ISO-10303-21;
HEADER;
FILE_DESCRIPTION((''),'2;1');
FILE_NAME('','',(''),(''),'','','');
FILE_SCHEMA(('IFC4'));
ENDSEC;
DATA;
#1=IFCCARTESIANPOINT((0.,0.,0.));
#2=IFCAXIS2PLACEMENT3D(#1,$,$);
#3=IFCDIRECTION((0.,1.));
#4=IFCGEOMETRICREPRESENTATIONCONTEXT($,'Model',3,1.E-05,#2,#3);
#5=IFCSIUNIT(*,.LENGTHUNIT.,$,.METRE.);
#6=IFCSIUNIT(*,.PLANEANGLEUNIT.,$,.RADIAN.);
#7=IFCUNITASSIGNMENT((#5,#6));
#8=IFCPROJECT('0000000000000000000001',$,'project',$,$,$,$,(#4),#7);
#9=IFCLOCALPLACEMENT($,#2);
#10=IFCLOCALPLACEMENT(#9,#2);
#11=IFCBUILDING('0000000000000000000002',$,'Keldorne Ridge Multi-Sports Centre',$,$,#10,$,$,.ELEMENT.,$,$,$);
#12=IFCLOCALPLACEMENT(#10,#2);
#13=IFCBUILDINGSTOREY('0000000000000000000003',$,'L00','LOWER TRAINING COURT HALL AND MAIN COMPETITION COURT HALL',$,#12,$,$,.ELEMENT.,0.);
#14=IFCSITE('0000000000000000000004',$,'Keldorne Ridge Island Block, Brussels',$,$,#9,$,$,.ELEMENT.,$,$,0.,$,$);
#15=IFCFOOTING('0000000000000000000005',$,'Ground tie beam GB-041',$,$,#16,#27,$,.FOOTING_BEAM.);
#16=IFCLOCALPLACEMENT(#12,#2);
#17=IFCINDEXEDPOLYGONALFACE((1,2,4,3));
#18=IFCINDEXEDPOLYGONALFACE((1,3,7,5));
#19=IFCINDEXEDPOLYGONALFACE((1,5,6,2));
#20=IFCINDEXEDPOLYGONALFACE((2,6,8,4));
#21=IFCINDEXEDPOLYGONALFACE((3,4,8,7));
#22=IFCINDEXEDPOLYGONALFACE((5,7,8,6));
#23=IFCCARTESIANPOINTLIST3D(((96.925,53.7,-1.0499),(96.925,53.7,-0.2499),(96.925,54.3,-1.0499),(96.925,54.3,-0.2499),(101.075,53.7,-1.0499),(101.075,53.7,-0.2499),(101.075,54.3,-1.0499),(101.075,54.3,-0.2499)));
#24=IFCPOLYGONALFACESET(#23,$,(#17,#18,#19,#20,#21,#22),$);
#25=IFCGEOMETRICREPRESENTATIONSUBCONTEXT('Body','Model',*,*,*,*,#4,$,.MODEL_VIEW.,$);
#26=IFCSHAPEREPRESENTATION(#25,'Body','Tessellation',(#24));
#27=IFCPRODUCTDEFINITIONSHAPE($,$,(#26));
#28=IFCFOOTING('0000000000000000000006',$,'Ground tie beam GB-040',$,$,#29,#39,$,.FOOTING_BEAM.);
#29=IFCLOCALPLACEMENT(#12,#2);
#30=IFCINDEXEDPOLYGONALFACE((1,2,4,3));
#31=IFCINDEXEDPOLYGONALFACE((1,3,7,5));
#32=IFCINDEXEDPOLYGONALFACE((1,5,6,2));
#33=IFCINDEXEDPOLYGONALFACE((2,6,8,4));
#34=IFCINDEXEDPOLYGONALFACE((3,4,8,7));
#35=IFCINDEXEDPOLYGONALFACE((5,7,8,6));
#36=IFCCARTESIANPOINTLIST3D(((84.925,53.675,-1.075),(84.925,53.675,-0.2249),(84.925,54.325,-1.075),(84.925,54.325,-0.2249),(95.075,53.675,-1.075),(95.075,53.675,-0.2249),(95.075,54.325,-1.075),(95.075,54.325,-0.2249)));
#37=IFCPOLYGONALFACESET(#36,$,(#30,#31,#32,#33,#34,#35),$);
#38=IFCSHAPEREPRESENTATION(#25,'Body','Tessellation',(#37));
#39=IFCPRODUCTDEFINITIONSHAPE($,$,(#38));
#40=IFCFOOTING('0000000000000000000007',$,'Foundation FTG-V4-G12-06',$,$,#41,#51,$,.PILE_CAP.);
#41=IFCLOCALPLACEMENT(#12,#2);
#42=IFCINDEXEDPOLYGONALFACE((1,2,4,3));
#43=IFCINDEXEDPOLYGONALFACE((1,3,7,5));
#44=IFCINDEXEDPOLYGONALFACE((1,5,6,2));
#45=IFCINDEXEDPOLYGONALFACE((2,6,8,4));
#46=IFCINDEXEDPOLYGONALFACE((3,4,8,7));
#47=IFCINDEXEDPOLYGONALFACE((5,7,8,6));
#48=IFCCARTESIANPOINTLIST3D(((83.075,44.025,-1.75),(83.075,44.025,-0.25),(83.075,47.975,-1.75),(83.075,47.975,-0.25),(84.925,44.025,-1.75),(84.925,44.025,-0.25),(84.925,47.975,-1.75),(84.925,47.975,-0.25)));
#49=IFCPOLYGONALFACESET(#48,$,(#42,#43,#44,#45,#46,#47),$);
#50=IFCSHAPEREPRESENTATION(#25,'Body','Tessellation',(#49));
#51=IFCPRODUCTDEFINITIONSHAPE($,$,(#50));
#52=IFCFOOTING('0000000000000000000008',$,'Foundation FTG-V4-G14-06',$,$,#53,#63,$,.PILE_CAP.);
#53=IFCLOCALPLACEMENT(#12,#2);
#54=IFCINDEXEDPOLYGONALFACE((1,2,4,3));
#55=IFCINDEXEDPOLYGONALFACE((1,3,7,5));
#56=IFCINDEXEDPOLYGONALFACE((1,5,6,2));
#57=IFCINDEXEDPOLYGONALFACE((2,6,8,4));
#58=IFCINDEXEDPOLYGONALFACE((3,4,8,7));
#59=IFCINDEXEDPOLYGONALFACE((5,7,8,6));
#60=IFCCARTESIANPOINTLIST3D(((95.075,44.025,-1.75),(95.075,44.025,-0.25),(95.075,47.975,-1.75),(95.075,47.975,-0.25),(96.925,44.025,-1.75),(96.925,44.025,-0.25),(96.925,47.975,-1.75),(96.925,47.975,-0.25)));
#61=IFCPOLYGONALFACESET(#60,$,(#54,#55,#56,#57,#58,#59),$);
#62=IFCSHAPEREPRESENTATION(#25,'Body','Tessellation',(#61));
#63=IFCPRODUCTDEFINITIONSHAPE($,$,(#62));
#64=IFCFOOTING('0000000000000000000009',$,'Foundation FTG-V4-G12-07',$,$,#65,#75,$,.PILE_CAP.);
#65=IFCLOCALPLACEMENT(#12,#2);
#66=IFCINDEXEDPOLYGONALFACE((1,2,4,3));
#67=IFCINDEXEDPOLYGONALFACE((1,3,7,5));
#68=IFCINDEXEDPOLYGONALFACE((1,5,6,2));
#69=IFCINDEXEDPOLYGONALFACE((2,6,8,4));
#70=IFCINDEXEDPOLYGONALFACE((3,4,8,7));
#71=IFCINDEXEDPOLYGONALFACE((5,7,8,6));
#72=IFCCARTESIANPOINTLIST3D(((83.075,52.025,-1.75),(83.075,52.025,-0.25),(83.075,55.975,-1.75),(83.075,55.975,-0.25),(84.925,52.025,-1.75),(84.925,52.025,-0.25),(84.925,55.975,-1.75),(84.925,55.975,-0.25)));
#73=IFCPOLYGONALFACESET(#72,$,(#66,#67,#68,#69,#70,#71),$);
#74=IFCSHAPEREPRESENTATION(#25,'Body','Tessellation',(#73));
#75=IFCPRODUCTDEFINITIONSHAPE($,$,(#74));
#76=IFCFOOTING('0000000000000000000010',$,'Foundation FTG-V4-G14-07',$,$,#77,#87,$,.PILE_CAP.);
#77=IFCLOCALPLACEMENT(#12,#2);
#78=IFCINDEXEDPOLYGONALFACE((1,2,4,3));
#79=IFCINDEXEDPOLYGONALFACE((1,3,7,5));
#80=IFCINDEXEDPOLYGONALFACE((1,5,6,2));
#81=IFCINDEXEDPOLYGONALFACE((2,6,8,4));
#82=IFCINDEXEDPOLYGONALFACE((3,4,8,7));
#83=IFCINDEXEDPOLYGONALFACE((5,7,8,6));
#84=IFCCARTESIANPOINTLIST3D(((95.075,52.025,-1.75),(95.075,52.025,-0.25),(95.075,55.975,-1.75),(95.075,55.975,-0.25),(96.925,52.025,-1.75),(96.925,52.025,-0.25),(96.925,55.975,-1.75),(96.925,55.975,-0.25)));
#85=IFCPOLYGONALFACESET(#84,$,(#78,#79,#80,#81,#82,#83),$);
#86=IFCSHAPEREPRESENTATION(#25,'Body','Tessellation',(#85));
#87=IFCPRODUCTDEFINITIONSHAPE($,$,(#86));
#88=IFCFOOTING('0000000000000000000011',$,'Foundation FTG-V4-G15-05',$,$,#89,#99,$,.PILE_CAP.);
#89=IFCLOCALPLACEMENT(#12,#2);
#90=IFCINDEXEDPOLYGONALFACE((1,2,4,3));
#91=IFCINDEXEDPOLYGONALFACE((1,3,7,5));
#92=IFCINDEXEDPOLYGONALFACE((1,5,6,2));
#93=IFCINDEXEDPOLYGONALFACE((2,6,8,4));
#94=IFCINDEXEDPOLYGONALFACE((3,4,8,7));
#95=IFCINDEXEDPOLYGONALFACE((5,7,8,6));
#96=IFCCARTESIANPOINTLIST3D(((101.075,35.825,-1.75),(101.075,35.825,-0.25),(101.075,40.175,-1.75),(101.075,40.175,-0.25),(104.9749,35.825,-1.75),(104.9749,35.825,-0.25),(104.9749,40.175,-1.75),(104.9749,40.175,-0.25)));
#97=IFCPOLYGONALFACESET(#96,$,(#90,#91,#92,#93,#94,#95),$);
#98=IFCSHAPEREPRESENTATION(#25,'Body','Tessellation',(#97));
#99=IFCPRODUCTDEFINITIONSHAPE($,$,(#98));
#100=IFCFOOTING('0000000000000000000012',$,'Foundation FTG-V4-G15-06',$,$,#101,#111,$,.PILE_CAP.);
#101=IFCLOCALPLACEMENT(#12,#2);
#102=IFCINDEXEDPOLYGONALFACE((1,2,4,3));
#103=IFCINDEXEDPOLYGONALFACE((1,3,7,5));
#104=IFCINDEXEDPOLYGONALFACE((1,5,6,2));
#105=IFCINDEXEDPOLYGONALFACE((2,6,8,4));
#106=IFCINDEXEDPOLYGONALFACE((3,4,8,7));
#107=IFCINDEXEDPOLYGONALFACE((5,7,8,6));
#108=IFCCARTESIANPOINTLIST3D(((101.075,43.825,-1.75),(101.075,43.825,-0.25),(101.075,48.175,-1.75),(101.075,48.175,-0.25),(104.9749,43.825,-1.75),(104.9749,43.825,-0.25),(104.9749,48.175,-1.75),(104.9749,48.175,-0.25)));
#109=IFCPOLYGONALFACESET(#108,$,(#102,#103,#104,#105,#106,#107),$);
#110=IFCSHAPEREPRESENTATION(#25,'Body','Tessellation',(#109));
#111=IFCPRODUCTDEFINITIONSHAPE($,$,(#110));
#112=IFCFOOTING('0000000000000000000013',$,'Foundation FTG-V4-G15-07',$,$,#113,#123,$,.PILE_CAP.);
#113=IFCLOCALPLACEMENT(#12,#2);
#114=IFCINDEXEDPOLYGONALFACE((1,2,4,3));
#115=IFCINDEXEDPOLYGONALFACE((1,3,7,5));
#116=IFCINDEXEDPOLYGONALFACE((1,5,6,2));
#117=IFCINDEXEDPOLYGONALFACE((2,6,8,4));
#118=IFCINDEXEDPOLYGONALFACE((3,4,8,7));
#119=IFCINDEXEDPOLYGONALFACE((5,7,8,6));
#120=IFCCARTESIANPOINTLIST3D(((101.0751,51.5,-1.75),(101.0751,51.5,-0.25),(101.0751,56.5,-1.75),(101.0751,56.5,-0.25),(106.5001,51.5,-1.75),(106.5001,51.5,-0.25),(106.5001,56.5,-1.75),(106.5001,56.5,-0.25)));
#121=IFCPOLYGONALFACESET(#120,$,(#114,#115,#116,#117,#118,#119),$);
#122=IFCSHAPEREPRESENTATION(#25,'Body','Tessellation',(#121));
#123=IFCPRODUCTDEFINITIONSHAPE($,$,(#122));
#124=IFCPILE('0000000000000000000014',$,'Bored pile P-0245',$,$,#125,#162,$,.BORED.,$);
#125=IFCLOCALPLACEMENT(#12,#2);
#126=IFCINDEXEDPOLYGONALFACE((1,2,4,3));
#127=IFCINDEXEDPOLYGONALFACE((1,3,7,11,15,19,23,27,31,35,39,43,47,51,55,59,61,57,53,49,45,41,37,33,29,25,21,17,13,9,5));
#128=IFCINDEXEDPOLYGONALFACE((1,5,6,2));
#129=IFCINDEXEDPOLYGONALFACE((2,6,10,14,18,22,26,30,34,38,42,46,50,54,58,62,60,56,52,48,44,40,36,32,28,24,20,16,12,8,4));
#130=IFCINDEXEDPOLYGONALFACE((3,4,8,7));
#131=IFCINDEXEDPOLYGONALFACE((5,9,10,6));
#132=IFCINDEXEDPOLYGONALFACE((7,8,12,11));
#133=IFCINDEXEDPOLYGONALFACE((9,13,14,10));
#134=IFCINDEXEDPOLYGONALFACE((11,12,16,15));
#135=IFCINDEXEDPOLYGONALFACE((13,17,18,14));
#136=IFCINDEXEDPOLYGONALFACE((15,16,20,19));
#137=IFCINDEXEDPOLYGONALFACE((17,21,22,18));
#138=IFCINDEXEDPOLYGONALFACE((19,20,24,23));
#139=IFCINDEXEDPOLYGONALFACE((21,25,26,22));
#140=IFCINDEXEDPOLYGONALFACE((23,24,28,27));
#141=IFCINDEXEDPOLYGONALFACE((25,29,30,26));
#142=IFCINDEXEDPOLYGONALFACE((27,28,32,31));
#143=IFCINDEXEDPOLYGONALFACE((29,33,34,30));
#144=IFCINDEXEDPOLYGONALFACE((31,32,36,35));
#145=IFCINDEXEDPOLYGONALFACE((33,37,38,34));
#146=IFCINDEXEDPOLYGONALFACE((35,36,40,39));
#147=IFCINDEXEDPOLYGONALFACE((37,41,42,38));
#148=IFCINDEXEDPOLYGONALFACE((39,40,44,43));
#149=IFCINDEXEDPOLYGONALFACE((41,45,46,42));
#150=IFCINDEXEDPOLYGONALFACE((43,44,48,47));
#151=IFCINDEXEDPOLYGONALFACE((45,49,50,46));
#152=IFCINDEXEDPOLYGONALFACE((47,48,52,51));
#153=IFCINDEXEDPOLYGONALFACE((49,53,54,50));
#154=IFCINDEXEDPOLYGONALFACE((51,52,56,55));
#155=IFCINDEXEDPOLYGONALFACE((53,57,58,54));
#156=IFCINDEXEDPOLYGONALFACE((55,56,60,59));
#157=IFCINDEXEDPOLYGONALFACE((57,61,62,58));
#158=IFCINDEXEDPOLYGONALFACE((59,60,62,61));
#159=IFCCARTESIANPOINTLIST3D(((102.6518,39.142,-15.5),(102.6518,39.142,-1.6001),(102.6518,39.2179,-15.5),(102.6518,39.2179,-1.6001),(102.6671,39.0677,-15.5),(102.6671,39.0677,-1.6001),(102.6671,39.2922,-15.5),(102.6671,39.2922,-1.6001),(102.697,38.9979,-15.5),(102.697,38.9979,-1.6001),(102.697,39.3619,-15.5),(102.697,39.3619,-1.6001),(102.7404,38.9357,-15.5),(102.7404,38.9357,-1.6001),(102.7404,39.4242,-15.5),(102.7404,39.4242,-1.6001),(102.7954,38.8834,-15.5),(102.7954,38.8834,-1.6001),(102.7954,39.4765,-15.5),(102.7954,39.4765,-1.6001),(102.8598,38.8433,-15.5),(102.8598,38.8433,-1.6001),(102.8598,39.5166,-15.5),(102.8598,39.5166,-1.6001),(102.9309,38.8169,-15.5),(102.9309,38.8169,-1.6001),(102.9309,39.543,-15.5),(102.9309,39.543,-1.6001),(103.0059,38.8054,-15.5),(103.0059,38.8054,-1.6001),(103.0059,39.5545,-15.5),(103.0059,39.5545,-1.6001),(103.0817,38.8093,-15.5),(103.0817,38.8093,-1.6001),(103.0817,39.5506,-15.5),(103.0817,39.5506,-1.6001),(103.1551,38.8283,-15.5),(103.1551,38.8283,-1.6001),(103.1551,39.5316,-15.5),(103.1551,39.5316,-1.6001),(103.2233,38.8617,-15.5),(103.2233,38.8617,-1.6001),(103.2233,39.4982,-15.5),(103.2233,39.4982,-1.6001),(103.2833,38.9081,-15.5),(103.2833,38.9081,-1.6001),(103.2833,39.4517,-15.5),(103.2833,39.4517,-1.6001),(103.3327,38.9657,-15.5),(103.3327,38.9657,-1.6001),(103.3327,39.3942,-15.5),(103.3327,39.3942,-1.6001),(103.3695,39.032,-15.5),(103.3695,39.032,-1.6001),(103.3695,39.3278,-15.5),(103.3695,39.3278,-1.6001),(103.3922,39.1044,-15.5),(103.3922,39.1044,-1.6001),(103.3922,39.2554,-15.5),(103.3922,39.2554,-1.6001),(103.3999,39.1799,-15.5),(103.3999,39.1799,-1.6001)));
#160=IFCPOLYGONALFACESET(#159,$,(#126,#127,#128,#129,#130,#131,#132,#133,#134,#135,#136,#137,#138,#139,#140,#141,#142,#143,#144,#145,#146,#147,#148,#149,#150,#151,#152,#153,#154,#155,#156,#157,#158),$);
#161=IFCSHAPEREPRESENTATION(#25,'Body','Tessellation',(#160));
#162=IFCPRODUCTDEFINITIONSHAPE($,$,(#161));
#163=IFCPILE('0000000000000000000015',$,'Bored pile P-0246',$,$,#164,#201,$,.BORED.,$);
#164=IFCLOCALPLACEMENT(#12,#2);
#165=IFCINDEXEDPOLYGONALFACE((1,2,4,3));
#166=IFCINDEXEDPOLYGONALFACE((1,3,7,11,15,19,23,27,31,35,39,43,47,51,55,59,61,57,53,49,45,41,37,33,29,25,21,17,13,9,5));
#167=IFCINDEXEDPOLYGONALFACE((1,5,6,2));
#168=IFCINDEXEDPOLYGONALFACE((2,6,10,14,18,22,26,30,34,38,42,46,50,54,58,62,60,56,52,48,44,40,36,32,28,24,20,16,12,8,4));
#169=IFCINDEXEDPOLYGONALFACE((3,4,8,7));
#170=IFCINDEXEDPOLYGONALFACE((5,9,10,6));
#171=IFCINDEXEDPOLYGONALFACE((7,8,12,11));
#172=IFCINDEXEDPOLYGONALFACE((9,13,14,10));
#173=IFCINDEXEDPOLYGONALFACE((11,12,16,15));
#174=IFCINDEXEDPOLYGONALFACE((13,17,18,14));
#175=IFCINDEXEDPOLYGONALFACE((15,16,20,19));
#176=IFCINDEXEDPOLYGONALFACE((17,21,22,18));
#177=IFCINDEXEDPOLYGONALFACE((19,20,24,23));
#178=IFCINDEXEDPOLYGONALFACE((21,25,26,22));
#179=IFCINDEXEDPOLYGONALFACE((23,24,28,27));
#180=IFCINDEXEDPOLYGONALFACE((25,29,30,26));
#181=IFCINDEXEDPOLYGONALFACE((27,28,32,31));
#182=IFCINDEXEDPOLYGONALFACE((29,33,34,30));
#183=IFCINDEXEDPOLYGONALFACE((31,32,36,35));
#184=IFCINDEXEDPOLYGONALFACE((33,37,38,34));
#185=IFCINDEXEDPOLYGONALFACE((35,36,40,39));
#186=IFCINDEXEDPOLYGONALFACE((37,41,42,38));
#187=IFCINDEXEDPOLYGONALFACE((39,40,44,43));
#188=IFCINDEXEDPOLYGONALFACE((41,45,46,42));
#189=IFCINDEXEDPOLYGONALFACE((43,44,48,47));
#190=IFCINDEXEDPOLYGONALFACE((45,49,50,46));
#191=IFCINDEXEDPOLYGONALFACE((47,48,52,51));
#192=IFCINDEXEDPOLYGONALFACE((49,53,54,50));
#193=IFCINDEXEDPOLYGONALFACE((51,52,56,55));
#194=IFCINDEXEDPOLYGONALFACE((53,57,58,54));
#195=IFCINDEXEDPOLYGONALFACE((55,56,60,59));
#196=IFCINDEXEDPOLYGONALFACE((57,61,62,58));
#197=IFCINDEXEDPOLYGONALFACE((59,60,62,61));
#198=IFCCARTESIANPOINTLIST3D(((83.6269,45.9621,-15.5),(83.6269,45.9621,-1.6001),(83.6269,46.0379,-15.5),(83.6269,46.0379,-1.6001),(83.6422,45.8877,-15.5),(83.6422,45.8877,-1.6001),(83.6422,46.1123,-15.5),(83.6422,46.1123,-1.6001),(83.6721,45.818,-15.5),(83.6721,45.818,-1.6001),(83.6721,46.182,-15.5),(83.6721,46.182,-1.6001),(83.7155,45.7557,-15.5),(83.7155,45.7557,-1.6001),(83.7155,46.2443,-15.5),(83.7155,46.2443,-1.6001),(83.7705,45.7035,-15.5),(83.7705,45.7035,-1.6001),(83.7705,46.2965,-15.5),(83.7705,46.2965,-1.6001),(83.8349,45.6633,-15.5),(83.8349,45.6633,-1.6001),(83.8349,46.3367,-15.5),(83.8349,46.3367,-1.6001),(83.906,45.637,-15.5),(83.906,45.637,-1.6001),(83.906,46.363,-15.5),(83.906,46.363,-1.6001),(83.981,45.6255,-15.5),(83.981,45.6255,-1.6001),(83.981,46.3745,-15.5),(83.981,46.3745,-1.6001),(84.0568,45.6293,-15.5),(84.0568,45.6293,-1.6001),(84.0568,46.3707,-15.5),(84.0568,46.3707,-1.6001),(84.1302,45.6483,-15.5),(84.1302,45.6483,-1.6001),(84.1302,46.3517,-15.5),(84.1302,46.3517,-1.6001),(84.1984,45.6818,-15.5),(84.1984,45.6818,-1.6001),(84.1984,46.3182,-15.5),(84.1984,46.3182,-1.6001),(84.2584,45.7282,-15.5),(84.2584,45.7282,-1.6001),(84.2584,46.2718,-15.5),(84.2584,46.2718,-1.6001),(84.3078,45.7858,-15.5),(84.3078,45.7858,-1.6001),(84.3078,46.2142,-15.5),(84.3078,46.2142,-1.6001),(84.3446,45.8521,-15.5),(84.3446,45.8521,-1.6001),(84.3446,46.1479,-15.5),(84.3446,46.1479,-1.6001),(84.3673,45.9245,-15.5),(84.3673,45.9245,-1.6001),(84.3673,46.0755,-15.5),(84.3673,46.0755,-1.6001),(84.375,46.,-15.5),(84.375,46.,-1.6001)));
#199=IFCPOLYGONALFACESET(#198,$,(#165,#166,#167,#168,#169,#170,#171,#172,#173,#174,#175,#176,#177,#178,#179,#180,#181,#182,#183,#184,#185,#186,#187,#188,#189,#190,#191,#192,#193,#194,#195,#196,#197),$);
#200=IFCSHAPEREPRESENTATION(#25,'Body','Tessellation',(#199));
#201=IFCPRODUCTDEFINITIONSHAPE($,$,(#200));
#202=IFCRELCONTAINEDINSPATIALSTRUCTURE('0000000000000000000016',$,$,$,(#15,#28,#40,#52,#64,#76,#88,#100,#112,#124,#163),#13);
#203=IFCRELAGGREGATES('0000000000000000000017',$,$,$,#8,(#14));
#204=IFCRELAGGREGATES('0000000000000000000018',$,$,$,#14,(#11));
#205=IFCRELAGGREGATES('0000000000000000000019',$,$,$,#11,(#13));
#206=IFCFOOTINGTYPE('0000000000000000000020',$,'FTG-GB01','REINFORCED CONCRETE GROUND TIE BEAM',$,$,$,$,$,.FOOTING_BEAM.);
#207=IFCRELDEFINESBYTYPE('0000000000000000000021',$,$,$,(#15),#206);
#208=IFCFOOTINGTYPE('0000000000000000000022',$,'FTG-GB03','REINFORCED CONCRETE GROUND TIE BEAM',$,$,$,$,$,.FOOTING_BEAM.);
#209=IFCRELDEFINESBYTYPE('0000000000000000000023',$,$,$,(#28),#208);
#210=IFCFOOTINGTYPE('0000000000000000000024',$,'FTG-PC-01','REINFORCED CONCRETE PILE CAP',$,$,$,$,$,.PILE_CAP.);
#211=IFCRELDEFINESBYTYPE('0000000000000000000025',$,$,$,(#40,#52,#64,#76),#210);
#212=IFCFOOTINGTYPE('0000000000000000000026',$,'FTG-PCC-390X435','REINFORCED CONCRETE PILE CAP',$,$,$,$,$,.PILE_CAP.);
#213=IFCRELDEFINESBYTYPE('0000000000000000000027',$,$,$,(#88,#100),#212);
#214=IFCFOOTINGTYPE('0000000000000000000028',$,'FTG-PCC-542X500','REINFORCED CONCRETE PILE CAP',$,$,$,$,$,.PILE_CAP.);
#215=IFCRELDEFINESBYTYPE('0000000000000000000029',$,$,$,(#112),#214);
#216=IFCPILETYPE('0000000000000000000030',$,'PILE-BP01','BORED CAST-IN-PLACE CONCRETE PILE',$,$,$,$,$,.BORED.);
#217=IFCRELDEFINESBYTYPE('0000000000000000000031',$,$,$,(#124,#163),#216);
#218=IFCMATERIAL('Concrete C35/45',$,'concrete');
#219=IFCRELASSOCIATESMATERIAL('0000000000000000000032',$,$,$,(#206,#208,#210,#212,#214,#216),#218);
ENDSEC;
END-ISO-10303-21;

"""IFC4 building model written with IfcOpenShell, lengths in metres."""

from ifc_helpers import new_model, si_unit, direction, frame, origin, origin_2d, place, context, subcontext, project, spatial, rectangle, circle, extrude, material, material_profile, profile_set, type_object, element, save


model = new_model("IFC4")

# Units and contexts
model_context = context("Model", 3, precision=1e-05, world=origin(), true_north=direction((0.0, 1.0)))
body_context = subcontext(model_context, "Body", "Model", "MODEL_VIEW")
ifc_project = project(units=[si_unit("LENGTHUNIT", "METRE"), si_unit("PLANEANGLEUNIT", "RADIAN")], contexts=[model_context])

# Site, building, storey
site_placement = place(None, origin())
site = spatial("IfcSite", under=ifc_project, at=site_placement, Name="Keldorne Ridge Island Block, Brussels", CompositionType="ELEMENT", RefElevation=0.0)
building_placement = place(site_placement, origin())
building = spatial("IfcBuilding", under=site, at=building_placement, Name="Keldorne Ridge Multi-Sports Centre", CompositionType="ELEMENT")
storey_placement = place(building_placement, origin())
storey = spatial("IfcBuildingStorey", under=building, at=storey_placement, Name="L00", Description="LOWER TRAINING COURT HALL AND MAIN COMPETITION COURT HALL", CompositionType="ELEMENT", Elevation=0.0)

# Footings
ifc_material_1 = material(Name="Concrete C35/45", Category="concrete")
ifc_material_profile_1 = material_profile(ifc_material_1, rectangle(XDim=0.6001, YDim=0.8, at=origin_2d()), Name="GB 600x800")
ifc_profile_set_1 = profile_set([ifc_material_profile_1], Name="Concrete C35/45")
footing_type_1 = type_object("IfcFootingType", Name="FTG-GB01", Description="REINFORCED CONCRETE GROUND TIE BEAM", PredefinedType="FOOTING_BEAM", material=ifc_profile_set_1)
footing_1_placement = place(storey_placement, frame((96.925, 54.0, -0.6499), z_axis=(1.0, 0.0, 0.0), x_axis=(0.0, 1.0, 0.0)))
element("IfcFooting", 1, at=footing_1_placement, inside=storey, type_object=footing_type_1, Name="Ground tie beam GB-041", PredefinedType="FOOTING_BEAM", context=body_context, shape_type="SweptSolid", body=[
    extrude(rectangle(XDim=0.6001, YDim=0.8, at=origin_2d()), origin(), (0.0, 0.0, 1.0), 4.1499),
])
ifc_material_profile_2 = material_profile(ifc_material_1, rectangle(XDim=0.6499, YDim=0.8501, at=origin_2d()), Name="GB 650x850")
ifc_profile_set_2 = profile_set([ifc_material_profile_2], Name="Concrete C35/45")
footing_type_2 = type_object("IfcFootingType", Name="FTG-GB03", Description="REINFORCED CONCRETE GROUND TIE BEAM", PredefinedType="FOOTING_BEAM", material=ifc_profile_set_2)
footing_2_placement = place(storey_placement, frame((84.925, 54.0, -0.6499), z_axis=(1.0, 0.0, 0.0), x_axis=(0.0, 1.0, 0.0)))
element("IfcFooting", 2, at=footing_2_placement, inside=storey, type_object=footing_type_2, Name="Ground tie beam GB-040", PredefinedType="FOOTING_BEAM", context=body_context, shape_type="SweptSolid", body=[
    extrude(rectangle(XDim=0.6499, YDim=0.8501, at=origin_2d()), origin(), (0.0, 0.0, 1.0), 10.1499),
])
footing_type_3 = type_object("IfcFootingType", Name="FTG-PC-01", Description="REINFORCED CONCRETE PILE CAP", PredefinedType="PILE_CAP", material=ifc_material_1)
for number, where, z_axis, x_axis, name in (
    (3, (84.0, 46.0, -1.75), (0.0, 0.0, 1.0), (1.0, 0.0, 0.0), "Foundation FTG-V4-G12-06"),
    (4, (96.0, 46.0, -1.75), (0.0, 0.0, 1.0), (1.0, 0.0, 0.0), "Foundation FTG-V4-G14-06"),
    (5, (84.0, 54.0, -1.75), (0.0, 0.0, 1.0), (1.0, 0.0, 0.0), "Foundation FTG-V4-G12-07"),
    (6, (96.0, 54.0, -1.75), (0.0, 0.0, 1.0), (1.0, 0.0, 0.0), "Foundation FTG-V4-G14-07"),
):
    element("IfcFooting", number, at=place(storey_placement, frame(where, z_axis=z_axis, x_axis=x_axis)), inside=storey, type_object=footing_type_3, Name=name, PredefinedType="PILE_CAP", context=body_context, shape_type="SweptSolid", body=[
        extrude(rectangle(XDim=1.8501, YDim=3.95, at=origin_2d()), origin(), (0.0, 0.0, 1.0), 1.5),
    ])
footing_type_4 = type_object("IfcFootingType", Name="FTG-PCC-390X435", Description="REINFORCED CONCRETE PILE CAP", PredefinedType="PILE_CAP", material=ifc_material_1)
for number, where, z_axis, x_axis, name in (
    (7, (103.0249, 38.0, -1.75), (0.0, 0.0, 1.0), (1.0, 0.0, 0.0), "Foundation FTG-V4-G15-05"),
    (8, (103.0249, 46.0, -1.75), (0.0, 0.0, 1.0), (1.0, 0.0, 0.0), "Foundation FTG-V4-G15-06"),
):
    element("IfcFooting", number, at=place(storey_placement, frame(where, z_axis=z_axis, x_axis=x_axis)), inside=storey, type_object=footing_type_4, Name=name, PredefinedType="PILE_CAP", context=body_context, shape_type="SweptSolid", body=[
        extrude(rectangle(XDim=3.8999, YDim=4.3501, at=origin_2d()), origin(), (0.0, 0.0, 1.0), 1.5),
    ])
footing_type_5 = type_object("IfcFootingType", Name="FTG-PCC-542X500", Description="REINFORCED CONCRETE PILE CAP", PredefinedType="PILE_CAP", material=ifc_material_1)
footing_3_placement = place(storey_placement, frame((103.7876, 54.0, -1.75), z_axis=(0.0, 0.0, 1.0), x_axis=(1.0, 0.0, 0.0)))
element("IfcFooting", 9, at=footing_3_placement, inside=storey, type_object=footing_type_5, Name="Foundation FTG-V4-G15-07", PredefinedType="PILE_CAP", context=body_context, shape_type="SweptSolid", body=[
    extrude(rectangle(XDim=5.425, YDim=5.0, at=origin_2d()), origin(), (0.0, 0.0, 1.0), 1.5),
])

# Piles
ifc_material_profile_3 = material_profile(ifc_material_1, circle(Radius=0.375, at=origin_2d()), Name="BORED PILE D750")
ifc_profile_set_3 = profile_set([ifc_material_profile_3], Name="Concrete C35/45")
pile_type = type_object("IfcPileType", Name="PILE-BP01", Description="BORED CAST-IN-PLACE CONCRETE PILE", PredefinedType="BORED", material=ifc_profile_set_3)
for number, where, z_axis, x_axis, name in (
    (10, (103.0249, 39.1799, -1.6001), (0.0, 0.0, -1.0), (1.0, 0.0, 0.0), "Bored pile P-0245"),
    (11, (84.0, 46.0, -1.6001), (0.0, 0.0, -1.0), (1.0, 0.0, 0.0), "Bored pile P-0246"),
):
    element("IfcPile", number, at=place(storey_placement, frame(where, z_axis=z_axis, x_axis=x_axis)), inside=storey, type_object=pile_type, Name=name, PredefinedType="BORED", context=body_context, shape_type="SweptSolid", body=[
        extrude(circle(Radius=0.375, at=origin_2d()), origin(), (0.0, 0.0, 1.0), 13.8999),
    ])

save(model, "model.ifc")
